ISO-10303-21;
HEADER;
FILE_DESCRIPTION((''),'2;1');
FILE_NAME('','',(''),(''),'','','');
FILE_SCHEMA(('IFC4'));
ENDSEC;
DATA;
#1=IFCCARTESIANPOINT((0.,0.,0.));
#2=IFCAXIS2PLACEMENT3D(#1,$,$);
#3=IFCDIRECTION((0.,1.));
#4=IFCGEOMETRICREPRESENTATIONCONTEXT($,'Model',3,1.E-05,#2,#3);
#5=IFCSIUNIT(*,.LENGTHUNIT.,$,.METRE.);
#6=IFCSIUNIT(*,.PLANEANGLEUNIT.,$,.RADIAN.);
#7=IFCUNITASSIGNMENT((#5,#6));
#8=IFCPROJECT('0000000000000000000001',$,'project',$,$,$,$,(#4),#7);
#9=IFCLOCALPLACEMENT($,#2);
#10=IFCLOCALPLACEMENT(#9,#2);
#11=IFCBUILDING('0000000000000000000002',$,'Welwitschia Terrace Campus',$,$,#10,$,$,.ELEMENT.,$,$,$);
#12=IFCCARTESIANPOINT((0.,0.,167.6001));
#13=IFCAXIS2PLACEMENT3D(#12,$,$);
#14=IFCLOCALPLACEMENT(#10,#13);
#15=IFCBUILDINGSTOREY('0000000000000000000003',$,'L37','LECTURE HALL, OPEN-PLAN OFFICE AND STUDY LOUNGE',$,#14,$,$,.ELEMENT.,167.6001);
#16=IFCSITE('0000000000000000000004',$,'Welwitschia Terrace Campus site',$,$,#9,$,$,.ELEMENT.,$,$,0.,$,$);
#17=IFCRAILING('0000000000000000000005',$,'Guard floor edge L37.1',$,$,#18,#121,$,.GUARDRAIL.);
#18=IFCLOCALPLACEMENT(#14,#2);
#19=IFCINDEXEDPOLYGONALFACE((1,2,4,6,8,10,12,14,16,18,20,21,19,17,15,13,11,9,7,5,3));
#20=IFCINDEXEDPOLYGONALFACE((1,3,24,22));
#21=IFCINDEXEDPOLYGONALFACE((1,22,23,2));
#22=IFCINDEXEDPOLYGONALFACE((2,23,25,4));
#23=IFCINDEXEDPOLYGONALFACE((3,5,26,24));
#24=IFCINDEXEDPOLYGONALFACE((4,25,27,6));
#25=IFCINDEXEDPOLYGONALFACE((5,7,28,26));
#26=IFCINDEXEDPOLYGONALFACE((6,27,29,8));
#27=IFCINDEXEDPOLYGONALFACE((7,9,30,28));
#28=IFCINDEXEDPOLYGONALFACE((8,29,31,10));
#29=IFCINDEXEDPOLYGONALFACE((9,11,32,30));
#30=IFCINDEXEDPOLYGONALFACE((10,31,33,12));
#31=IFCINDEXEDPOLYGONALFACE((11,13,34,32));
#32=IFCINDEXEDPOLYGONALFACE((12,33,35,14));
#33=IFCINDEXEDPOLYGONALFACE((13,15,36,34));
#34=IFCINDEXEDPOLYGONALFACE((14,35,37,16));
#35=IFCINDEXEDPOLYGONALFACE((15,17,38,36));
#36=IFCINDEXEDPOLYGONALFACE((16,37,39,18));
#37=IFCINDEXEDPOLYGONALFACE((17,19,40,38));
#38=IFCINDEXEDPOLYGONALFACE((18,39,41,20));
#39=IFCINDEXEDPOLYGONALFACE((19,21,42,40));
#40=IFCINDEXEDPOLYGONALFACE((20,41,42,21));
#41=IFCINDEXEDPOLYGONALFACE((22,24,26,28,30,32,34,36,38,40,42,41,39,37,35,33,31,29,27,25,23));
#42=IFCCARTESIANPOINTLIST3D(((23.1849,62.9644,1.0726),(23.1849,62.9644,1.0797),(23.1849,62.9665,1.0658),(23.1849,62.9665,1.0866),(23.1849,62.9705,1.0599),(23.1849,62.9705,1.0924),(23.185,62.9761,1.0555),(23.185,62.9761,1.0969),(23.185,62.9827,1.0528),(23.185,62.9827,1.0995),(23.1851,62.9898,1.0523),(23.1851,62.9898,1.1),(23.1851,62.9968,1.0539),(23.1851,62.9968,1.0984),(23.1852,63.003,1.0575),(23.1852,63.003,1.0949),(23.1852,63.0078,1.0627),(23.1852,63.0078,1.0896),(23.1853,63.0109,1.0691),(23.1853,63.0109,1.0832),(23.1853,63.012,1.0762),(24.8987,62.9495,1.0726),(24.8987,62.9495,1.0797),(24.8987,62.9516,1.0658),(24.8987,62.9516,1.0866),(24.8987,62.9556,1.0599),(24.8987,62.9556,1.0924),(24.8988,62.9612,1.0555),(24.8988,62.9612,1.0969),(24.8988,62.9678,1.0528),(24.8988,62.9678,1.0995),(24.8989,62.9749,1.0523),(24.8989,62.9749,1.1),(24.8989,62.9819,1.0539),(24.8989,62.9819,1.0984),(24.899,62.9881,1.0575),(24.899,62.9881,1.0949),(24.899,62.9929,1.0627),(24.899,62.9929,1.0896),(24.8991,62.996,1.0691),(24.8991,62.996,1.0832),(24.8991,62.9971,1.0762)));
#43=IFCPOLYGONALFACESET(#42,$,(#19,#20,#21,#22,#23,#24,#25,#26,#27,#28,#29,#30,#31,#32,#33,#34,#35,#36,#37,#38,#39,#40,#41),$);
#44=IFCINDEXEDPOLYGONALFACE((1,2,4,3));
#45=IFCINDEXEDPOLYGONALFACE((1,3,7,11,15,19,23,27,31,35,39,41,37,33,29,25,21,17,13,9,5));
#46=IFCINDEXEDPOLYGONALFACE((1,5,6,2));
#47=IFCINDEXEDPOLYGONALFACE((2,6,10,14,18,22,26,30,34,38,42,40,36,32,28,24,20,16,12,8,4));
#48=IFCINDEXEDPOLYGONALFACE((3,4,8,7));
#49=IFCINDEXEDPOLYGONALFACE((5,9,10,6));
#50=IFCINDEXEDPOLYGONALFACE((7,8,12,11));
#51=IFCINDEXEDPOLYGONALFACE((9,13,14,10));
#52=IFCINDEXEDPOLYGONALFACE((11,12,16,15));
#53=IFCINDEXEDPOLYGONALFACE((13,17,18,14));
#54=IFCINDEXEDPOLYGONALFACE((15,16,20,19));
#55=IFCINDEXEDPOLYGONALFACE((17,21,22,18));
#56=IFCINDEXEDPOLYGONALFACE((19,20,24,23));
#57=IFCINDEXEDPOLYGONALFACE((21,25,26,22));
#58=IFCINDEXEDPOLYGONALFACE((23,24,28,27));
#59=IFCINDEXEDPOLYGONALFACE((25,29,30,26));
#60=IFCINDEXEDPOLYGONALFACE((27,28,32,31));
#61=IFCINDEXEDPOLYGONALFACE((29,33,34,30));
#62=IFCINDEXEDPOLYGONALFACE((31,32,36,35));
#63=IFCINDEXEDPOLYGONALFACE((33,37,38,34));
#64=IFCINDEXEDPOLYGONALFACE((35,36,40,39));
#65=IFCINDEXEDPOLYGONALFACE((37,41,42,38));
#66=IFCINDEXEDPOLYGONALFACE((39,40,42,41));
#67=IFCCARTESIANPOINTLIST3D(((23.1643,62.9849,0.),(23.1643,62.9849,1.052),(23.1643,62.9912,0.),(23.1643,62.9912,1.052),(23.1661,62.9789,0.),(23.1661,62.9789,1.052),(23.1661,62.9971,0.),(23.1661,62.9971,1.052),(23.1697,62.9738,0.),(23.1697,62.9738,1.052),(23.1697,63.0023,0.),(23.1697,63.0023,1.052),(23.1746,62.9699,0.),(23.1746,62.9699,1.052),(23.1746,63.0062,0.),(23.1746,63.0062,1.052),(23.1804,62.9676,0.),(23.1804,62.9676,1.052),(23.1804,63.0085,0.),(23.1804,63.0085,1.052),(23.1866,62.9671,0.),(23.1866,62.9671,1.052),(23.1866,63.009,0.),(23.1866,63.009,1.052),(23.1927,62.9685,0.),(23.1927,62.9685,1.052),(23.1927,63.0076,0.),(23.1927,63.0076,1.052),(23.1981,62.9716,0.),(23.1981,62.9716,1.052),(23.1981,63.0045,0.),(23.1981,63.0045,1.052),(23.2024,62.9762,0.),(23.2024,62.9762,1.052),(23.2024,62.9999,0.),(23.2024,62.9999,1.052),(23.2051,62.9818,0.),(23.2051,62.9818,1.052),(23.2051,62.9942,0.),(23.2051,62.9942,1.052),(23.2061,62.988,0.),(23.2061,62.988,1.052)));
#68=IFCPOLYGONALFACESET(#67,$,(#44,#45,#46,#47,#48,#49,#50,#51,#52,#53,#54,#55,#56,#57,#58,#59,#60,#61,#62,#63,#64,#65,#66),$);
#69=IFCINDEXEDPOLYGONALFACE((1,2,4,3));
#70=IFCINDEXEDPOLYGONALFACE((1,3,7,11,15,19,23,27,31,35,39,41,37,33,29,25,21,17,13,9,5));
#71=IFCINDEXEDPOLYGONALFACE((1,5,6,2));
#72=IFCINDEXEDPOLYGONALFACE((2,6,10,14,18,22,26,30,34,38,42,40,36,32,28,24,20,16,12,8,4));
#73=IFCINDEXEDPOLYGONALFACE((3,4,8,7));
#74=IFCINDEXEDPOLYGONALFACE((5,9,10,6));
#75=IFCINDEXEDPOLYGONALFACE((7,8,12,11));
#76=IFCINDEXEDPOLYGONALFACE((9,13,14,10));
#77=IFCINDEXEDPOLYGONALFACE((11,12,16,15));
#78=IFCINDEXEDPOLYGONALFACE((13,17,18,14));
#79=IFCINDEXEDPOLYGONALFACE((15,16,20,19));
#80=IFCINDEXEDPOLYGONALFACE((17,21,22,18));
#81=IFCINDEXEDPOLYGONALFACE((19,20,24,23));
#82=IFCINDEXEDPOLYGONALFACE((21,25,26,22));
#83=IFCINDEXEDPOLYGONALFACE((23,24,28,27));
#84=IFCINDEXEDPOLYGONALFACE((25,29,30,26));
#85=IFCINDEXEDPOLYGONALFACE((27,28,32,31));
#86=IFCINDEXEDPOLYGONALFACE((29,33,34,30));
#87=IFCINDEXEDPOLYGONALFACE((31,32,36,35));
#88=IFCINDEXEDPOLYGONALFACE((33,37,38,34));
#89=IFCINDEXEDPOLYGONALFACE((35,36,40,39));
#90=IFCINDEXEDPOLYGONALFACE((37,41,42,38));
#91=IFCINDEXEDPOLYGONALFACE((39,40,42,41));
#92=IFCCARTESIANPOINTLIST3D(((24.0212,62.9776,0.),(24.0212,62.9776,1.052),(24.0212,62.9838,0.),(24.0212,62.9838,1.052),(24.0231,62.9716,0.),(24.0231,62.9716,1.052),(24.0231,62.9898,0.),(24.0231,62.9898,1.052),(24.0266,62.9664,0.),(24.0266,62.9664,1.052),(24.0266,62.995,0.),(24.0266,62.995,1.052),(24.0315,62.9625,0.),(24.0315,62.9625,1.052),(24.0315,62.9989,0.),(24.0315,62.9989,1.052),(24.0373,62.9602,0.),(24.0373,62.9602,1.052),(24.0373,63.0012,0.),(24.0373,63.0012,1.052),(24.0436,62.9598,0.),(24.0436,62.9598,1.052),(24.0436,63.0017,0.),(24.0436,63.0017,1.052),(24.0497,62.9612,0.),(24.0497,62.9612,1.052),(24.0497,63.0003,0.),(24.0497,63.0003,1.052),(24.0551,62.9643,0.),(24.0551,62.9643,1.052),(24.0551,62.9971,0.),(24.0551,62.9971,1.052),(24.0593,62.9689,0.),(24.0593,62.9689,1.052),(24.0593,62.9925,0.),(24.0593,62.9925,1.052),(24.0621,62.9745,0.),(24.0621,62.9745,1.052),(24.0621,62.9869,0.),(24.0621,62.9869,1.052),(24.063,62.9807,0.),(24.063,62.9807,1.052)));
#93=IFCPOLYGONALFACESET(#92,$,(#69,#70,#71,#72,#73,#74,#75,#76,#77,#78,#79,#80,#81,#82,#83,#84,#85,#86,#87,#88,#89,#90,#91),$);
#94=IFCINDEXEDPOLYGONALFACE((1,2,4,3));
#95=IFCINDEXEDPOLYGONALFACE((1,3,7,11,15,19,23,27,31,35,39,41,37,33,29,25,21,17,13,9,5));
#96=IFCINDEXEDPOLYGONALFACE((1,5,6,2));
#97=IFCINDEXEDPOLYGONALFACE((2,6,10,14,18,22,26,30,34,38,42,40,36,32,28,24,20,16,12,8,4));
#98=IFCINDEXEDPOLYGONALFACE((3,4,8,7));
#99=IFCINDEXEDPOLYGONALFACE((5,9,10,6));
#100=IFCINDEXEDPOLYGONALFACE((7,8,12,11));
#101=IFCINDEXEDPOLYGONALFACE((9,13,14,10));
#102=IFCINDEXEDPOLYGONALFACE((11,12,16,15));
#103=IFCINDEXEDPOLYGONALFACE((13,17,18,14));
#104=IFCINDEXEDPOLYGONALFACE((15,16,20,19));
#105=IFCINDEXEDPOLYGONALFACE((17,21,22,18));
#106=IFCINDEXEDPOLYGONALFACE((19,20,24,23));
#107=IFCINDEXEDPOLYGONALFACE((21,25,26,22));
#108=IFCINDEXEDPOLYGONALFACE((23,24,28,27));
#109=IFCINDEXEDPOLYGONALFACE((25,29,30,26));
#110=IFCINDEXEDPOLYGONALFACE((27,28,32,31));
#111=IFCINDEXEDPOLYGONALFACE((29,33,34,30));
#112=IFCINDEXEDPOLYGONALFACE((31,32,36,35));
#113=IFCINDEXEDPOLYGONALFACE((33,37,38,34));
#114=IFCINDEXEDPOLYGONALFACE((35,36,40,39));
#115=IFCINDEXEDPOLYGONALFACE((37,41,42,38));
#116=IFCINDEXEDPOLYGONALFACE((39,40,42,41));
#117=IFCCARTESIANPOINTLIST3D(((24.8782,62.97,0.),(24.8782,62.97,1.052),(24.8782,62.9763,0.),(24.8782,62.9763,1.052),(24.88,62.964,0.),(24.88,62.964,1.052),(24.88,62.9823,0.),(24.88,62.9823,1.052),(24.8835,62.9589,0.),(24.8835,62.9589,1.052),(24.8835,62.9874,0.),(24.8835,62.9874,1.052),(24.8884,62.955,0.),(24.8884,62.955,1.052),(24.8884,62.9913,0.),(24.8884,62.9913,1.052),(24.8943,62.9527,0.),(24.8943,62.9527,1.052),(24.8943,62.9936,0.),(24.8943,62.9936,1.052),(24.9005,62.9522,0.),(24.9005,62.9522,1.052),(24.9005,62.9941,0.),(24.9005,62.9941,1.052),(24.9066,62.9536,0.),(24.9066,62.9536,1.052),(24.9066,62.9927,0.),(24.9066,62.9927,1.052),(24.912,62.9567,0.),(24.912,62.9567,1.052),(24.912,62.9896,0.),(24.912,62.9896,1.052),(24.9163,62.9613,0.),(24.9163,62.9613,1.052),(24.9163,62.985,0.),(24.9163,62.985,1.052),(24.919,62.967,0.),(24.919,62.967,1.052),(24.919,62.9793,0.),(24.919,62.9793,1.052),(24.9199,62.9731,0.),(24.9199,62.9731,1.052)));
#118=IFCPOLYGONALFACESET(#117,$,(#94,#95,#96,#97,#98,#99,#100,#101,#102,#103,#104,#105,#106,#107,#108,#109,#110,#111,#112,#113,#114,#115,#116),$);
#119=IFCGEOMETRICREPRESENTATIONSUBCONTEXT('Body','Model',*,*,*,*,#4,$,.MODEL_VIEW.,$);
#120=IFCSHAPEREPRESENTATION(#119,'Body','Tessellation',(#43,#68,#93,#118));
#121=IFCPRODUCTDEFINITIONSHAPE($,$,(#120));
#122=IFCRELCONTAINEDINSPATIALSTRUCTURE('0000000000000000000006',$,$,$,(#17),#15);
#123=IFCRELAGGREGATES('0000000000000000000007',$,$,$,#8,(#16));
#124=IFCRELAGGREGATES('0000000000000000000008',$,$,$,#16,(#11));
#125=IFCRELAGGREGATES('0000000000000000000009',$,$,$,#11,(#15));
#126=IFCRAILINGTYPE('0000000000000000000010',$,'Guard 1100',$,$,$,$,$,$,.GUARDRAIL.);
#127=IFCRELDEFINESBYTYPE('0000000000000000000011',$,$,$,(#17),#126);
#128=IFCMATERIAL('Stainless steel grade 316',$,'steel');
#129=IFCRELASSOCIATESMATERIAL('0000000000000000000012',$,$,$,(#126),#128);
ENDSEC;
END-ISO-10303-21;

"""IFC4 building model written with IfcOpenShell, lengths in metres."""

from ifc_helpers import new_model, si_unit, direction, frame, origin, origin_2d, place, context, subcontext, project, spatial, circle, extrude, material, type_object, element, save


model = new_model("IFC4")

# Units and contexts
model_context = context("Model", 3, precision=1e-05, world=origin(), true_north=direction((0.0, 1.0)))
body_context = subcontext(model_context, "Body", "Model", "MODEL_VIEW")
ifc_project = project(units=[si_unit("LENGTHUNIT", "METRE"), si_unit("PLANEANGLEUNIT", "RADIAN")], contexts=[model_context])

# Site, building, storey
site_placement = place(None, origin())
site = spatial("IfcSite", under=ifc_project, at=site_placement, Name="Welwitschia Terrace Campus site", CompositionType="ELEMENT", RefElevation=0.0)
building_placement = place(site_placement, origin())
building = spatial("IfcBuilding", under=site, at=building_placement, Name="Welwitschia Terrace Campus", CompositionType="ELEMENT")
storey_placement = place(building_placement, frame((0.0, 0.0, 167.6001)))
storey = spatial("IfcBuildingStorey", under=building, at=storey_placement, Name="L37", Description="LECTURE HALL, OPEN-PLAN OFFICE AND STUDY LOUNGE", CompositionType="ELEMENT", Elevation=167.6001)

# Railing
ifc_material_1 = material(Name="Stainless steel grade 316", Category="steel")
railing_type = type_object("IfcRailingType", Name="Guard 1100", PredefinedType="GUARDRAIL", material=ifc_material_1)
railing_1_placement = place(storey_placement, frame((23.1851, 62.988, 0.0)))
element("IfcRailing", 1, at=railing_1_placement, inside=storey, type_object=railing_type, Name="Guard floor edge L37.1", PredefinedType="GUARDRAIL", context=body_context, shape_type="SweptSolid", body=[
    extrude(circle(Radius=0.0239, at=origin_2d()), frame((0.0, 0.0, 1.0762), z_axis=(0.999962, -0.008689, 0.0), x_axis=(0.008689, 0.999962, 0.0)), (0.0, 0.0, 1.0), 1.7139),
    extrude(circle(Radius=0.021, at=origin_2d()), origin(), (0.0, 0.0, 1.0), 1.052),
    extrude(circle(Radius=0.021, at=origin_2d()), frame((0.8569, -0.0073, 0.0)), (0.0, 0.0, 1.0), 1.052),
    extrude(circle(Radius=0.021, at=origin_2d()), frame((1.7139, -0.0149, 0.0)), (0.0, 0.0, 1.0), 1.052),
])

save(model, "model.ifc")
